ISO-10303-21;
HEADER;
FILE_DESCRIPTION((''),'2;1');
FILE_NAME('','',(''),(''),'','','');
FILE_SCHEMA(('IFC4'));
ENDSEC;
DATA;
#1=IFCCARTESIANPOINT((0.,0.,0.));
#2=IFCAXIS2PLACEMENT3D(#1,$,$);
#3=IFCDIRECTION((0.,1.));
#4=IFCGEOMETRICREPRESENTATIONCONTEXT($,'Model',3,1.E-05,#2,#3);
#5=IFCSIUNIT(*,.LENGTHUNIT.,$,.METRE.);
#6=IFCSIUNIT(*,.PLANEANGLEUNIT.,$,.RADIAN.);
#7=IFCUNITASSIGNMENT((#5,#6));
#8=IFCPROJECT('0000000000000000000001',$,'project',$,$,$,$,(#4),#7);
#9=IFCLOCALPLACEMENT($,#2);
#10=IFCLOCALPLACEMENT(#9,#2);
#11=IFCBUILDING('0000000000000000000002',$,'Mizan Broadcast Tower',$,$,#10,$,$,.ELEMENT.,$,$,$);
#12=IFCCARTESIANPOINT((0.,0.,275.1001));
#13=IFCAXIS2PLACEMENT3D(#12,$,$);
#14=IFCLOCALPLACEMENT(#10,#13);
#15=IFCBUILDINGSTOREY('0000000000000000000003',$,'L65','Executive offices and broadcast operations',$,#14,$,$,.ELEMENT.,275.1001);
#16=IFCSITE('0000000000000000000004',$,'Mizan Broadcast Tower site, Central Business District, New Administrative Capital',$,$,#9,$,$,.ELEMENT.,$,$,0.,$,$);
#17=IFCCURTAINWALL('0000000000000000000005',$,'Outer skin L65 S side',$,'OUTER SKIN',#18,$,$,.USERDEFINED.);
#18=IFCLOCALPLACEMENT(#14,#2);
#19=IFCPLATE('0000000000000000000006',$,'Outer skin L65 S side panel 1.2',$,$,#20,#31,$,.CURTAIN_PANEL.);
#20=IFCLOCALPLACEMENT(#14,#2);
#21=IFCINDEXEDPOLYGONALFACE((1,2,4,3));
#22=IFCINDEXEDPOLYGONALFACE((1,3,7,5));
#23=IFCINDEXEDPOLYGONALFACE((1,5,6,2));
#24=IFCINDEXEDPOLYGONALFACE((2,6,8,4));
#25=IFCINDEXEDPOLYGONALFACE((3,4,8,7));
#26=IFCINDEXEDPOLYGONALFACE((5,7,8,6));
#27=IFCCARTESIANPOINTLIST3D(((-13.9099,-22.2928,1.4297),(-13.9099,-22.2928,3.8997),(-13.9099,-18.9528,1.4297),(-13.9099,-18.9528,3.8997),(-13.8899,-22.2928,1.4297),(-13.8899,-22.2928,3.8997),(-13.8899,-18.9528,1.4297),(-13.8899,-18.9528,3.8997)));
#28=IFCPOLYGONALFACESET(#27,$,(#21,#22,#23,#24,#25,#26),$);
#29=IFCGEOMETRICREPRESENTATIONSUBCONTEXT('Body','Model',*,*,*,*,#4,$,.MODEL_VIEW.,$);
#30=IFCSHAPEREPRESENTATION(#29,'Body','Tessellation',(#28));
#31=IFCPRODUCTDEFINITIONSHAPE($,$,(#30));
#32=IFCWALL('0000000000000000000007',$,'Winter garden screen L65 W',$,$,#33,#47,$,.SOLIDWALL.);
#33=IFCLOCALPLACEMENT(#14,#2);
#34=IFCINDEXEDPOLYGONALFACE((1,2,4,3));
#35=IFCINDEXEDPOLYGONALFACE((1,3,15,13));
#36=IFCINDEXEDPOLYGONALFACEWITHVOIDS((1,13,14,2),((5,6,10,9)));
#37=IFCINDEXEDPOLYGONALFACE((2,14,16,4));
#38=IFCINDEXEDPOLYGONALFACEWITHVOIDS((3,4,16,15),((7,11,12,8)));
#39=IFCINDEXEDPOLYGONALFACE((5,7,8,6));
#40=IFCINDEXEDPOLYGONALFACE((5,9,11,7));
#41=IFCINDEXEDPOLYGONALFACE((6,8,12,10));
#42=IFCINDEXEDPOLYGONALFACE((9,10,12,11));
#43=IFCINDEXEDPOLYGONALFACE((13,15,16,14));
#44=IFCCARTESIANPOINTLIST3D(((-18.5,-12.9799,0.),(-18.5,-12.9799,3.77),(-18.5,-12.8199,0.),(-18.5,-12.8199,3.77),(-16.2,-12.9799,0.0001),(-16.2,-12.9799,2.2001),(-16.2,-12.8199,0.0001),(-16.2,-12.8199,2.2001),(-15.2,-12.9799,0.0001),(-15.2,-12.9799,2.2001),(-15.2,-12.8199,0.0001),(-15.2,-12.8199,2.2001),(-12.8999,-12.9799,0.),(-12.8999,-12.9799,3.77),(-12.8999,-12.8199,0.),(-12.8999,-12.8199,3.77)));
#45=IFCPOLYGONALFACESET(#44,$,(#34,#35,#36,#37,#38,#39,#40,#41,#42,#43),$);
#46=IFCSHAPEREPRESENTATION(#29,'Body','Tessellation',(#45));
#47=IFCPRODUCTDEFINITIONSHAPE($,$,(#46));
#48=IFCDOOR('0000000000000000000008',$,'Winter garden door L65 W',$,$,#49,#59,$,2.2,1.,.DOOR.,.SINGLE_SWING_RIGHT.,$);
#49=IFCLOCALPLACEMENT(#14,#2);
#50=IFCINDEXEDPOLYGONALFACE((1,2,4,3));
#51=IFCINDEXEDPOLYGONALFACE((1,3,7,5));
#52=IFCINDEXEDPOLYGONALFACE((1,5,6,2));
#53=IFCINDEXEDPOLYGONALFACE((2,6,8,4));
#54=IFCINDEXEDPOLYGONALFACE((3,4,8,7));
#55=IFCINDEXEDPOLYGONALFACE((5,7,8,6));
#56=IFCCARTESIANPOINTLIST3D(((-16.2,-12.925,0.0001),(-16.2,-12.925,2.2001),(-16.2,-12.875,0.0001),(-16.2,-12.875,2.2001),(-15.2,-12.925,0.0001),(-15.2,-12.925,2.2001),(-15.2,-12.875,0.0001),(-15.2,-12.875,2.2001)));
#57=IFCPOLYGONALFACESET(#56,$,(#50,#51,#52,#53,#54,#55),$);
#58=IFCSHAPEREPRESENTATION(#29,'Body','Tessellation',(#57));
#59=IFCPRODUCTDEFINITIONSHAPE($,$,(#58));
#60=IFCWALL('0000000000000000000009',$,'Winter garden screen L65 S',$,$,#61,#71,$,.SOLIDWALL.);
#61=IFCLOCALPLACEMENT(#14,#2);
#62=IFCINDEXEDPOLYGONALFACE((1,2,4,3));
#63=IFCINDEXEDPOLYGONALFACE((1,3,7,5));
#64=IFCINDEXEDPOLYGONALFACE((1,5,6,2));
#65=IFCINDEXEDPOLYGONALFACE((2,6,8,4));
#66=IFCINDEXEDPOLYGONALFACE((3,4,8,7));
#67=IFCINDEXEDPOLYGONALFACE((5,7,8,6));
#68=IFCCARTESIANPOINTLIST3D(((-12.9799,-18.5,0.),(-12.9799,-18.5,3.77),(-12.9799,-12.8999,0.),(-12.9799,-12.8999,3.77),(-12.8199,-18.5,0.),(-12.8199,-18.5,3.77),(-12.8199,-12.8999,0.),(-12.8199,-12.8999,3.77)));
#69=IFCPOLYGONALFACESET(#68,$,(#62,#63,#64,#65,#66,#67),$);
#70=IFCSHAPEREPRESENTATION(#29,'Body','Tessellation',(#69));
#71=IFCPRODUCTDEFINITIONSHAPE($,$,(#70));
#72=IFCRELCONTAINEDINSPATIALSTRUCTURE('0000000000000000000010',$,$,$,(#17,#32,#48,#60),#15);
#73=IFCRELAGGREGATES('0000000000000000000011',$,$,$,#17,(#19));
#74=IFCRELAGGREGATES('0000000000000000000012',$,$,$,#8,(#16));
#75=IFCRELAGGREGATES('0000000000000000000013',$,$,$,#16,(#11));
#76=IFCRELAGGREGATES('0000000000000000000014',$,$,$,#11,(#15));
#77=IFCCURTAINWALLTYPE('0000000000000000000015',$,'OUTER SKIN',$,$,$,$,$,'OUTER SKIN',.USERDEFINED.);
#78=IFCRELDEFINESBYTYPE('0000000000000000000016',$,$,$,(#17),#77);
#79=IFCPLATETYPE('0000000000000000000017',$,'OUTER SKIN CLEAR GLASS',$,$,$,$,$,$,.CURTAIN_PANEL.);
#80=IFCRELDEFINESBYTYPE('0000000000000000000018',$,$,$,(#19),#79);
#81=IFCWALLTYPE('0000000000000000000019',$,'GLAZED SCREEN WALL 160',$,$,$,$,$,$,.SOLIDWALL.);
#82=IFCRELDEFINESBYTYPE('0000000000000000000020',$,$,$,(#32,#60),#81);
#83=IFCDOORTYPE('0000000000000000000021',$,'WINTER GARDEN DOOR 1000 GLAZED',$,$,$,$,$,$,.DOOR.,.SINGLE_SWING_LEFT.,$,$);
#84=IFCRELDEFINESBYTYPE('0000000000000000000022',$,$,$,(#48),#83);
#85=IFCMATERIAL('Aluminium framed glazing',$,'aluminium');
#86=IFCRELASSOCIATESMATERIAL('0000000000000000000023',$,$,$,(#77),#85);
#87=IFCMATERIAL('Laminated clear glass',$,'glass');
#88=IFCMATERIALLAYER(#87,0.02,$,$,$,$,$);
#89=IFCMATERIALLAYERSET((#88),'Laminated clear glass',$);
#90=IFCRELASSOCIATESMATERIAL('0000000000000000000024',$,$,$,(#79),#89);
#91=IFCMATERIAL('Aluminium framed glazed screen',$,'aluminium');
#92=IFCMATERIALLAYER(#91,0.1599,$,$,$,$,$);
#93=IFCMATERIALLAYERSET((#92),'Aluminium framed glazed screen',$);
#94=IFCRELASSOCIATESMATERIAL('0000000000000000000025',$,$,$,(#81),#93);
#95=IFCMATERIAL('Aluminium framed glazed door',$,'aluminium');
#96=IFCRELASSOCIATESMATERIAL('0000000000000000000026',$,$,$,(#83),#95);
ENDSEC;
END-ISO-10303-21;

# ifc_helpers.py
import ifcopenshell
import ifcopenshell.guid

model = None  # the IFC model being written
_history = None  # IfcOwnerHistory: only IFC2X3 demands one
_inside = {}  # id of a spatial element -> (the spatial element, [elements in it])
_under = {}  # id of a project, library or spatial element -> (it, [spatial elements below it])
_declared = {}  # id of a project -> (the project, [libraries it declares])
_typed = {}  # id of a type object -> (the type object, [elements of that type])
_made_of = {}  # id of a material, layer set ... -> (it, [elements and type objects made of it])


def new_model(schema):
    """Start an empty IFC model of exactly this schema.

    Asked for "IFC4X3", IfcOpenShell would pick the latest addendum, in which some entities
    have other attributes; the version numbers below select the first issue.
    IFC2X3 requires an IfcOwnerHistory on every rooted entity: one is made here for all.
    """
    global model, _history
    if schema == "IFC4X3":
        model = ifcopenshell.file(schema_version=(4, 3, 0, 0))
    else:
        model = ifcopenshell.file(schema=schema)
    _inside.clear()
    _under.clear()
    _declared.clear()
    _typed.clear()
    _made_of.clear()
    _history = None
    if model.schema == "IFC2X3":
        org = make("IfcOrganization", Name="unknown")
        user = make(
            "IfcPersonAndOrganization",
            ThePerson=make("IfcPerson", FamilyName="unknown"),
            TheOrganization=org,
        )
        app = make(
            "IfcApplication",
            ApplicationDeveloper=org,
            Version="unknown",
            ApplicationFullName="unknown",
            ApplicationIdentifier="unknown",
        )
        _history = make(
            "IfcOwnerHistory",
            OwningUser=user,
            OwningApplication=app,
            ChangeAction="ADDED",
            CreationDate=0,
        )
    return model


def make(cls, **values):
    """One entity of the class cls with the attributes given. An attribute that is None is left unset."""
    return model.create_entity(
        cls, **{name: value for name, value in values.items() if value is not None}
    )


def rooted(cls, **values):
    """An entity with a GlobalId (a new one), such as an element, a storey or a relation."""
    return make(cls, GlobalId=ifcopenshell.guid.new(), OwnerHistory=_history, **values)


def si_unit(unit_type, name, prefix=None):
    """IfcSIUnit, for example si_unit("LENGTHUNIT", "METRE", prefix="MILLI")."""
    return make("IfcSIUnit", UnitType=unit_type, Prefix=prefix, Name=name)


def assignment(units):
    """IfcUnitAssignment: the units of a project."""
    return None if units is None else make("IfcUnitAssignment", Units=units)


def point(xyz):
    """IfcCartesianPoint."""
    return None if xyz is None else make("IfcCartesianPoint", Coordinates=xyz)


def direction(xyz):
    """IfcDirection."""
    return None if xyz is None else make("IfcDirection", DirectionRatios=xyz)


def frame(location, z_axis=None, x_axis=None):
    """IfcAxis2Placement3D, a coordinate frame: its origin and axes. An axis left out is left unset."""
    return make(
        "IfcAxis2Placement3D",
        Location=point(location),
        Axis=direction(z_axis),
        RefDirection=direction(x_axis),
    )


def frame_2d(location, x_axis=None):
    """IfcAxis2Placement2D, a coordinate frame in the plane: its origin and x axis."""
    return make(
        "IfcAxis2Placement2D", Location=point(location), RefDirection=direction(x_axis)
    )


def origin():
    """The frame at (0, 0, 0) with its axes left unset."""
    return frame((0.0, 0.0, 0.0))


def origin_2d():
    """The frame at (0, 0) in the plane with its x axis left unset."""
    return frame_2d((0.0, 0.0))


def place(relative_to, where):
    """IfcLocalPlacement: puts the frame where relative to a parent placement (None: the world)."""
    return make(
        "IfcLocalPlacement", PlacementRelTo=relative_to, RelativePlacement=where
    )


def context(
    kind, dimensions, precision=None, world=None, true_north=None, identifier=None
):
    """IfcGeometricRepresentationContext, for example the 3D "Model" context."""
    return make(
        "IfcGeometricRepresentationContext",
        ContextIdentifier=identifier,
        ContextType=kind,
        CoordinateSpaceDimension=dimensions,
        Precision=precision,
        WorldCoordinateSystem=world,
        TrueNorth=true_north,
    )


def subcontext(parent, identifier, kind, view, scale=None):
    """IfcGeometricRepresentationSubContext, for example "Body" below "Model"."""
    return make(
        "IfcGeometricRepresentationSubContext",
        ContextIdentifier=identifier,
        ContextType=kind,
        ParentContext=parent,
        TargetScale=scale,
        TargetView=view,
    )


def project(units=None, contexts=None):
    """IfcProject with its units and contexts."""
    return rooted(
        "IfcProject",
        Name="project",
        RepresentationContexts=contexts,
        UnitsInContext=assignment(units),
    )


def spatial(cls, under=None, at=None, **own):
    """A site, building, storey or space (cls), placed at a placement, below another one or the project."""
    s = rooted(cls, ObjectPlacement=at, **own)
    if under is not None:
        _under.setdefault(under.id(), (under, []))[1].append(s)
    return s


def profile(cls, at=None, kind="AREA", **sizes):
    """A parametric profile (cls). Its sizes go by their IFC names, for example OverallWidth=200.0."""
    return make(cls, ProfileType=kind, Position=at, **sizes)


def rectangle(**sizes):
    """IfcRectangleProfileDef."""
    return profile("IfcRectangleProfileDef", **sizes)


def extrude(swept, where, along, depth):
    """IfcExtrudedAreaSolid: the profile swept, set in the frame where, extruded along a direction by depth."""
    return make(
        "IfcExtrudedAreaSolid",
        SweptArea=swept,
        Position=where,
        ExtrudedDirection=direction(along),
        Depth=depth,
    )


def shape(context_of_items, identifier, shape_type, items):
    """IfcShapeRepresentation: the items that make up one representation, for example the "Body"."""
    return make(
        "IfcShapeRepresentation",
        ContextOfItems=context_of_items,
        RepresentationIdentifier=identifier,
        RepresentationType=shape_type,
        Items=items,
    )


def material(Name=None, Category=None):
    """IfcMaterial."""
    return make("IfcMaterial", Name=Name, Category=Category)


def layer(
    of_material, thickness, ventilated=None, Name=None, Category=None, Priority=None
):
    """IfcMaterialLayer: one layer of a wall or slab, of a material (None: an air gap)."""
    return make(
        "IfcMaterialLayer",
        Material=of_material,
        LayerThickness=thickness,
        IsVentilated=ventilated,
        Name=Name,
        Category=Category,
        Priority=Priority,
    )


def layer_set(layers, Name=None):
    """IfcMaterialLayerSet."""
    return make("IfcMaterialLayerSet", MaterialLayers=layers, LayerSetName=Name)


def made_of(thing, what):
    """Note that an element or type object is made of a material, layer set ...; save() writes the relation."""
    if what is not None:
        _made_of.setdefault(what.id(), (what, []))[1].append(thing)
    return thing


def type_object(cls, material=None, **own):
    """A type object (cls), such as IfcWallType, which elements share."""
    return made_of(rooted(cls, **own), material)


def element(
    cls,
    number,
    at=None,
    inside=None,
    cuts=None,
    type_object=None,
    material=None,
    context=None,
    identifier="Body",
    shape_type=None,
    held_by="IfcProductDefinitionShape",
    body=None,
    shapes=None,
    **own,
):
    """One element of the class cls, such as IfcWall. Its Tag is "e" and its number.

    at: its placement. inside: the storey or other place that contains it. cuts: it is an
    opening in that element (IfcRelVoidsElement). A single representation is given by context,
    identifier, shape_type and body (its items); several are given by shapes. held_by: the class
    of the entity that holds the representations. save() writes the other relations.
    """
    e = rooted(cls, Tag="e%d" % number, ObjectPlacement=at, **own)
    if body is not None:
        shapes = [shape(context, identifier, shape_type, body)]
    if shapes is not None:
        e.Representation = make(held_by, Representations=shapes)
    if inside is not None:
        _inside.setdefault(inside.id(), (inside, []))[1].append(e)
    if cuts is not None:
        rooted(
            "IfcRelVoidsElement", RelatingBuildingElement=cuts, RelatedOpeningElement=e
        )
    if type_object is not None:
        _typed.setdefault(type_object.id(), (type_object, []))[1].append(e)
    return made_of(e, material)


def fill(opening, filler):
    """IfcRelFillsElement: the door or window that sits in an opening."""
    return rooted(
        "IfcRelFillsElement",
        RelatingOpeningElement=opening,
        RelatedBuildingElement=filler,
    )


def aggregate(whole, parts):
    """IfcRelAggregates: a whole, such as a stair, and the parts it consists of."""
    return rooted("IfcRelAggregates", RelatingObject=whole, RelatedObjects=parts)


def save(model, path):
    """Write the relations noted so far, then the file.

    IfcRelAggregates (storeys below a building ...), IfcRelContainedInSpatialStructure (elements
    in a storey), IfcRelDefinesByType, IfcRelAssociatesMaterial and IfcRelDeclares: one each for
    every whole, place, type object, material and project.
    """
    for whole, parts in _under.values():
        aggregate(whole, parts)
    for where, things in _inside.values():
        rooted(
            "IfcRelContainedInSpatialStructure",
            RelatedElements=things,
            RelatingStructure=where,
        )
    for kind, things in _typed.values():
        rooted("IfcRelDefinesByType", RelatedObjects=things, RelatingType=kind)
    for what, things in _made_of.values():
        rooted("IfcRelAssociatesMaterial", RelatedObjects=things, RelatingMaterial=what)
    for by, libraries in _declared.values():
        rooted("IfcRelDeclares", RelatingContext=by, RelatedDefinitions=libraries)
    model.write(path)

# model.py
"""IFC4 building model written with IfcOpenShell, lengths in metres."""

from ifc_helpers import new_model, si_unit, direction, frame, frame_2d, origin, origin_2d, place, context, subcontext, project, spatial, rectangle, extrude, material, layer, layer_set, type_object, element, fill, aggregate, save


model = new_model("IFC4")

# Units and contexts
model_context = context("Model", 3, precision=1e-05, world=origin(), true_north=direction((0.0, 1.0)))
body_context = subcontext(model_context, "Body", "Model", "MODEL_VIEW")
ifc_project = project(units=[si_unit("LENGTHUNIT", "METRE"), si_unit("PLANEANGLEUNIT", "RADIAN")], contexts=[model_context])

# Site, building, storey
site_placement = place(None, origin())
site = spatial("IfcSite", under=ifc_project, at=site_placement, Name="Mizan Broadcast Tower site, Central Business District, New Administrative Capital", CompositionType="ELEMENT", RefElevation=0.0)
building_placement = place(site_placement, origin())
building = spatial("IfcBuilding", under=site, at=building_placement, Name="Mizan Broadcast Tower", CompositionType="ELEMENT")
storey_placement = place(building_placement, frame((0.0, 0.0, 275.1001)))
storey = spatial("IfcBuildingStorey", under=building, at=storey_placement, Name="L65", Description="Executive offices and broadcast operations", CompositionType="ELEMENT", Elevation=275.1001)

# Curtain wall
ifc_material_1 = material(Name="Aluminium framed glazing", Category="aluminium")
curtain_wall_type_1 = type_object("IfcCurtainWallType", Name="OUTER SKIN", ElementType="OUTER SKIN", PredefinedType="USERDEFINED", material=ifc_material_1)
curtain_wall_1_placement = place(storey_placement, origin())
curtain_wall_1 = element("IfcCurtainWall", 1, at=curtain_wall_1_placement, inside=storey, type_object=curtain_wall_type_1, Name="Outer skin L65 S side", ObjectType="OUTER SKIN", PredefinedType="USERDEFINED")

# Plate
ifc_material_2 = material(Name="Laminated clear glass", Category="glass")
ifc_layer_1 = layer(ifc_material_2, 0.02)
ifc_layer_set_1 = layer_set([ifc_layer_1], Name="Laminated clear glass")
plate_type_1 = type_object("IfcPlateType", Name="OUTER SKIN CLEAR GLASS", PredefinedType="CURTAIN_PANEL", material=ifc_layer_set_1)
plate_1_placement = place(storey_placement, frame((-13.8999, -20.6228, 1.4297), z_axis=(0.0, 0.0, 1.0), x_axis=(0.0, -1.0, 0.0)))
plate_1 = element("IfcPlate", 2, at=plate_1_placement, type_object=plate_type_1, Name="Outer skin L65 S side panel 1.2", PredefinedType="CURTAIN_PANEL", context=body_context, shape_type="SweptSolid", body=[
    extrude(rectangle(XDim=3.3401, YDim=0.02, at=origin_2d()), origin(), (0.0, 0.0, 1.0), 2.47),
])
aggregate(curtain_wall_1, [plate_1])

# Wall, opening, door
ifc_material_3 = material(Name="Aluminium framed glazed screen", Category="aluminium")
ifc_layer_2 = layer(ifc_material_3, 0.1599)
ifc_layer_set_2 = layer_set([ifc_layer_2], Name="Aluminium framed glazed screen")
wall_type = type_object("IfcWallType", Name="GLAZED SCREEN WALL 160", PredefinedType="SOLIDWALL", material=ifc_layer_set_2)
wall_1_placement = place(storey_placement, frame((-18.5, -12.8999, 0.0), z_axis=(0.0, 0.0, 1.0), x_axis=(1.0, 0.0, 0.0)))
wall_1 = element("IfcWall", 3, at=wall_1_placement, inside=storey, type_object=wall_type, Name="Winter garden screen L65 W", PredefinedType="SOLIDWALL", context=body_context, shape_type="SweptSolid", body=[
    extrude(rectangle(XDim=5.6001, YDim=0.1599, at=frame_2d((2.8, 0.0))), origin(), (0.0, 0.0, 1.0), 3.77),
])
opening_placement = place(wall_1_placement, frame((2.3, 0.0, 0.0)))
opening = element("IfcOpeningElement", 4, at=opening_placement, cuts=wall_1, PredefinedType="OPENING", context=body_context, shape_type="SweptSolid", body=[
    extrude(rectangle(XDim=1.0, YDim=2.2, at=frame_2d((0.5, 1.1001))), frame((0.0, 0.0898, 0.0), z_axis=(0.0, -1.0, 0.0), x_axis=(1.0, 0.0, 0.0)), (0.0, 0.0, 1.0), 0.1799),
])
ifc_material_4 = material(Name="Aluminium framed glazed door", Category="aluminium")
door_type = type_object("IfcDoorType", Name="WINTER GARDEN DOOR 1000 GLAZED", OperationType="SINGLE_SWING_LEFT", PredefinedType="DOOR", material=ifc_material_4)
door_placement = place(opening_placement, origin())
door = element("IfcDoor", 5, at=door_placement, inside=storey, type_object=door_type, Name="Winter garden door L65 W", OperationType="SINGLE_SWING_RIGHT", OverallHeight=2.2, OverallWidth=1.0, PredefinedType="DOOR", context=body_context, shape_type="SweptSolid", body=[
    extrude(rectangle(XDim=1.0, YDim=2.2, at=frame_2d((0.5, 1.1001))), frame((0.0, 0.0249, 0.0), z_axis=(0.0, -1.0, 0.0), x_axis=(1.0, 0.0, 0.0)), (0.0, 0.0, 1.0), 0.05),
])
fill(opening, door)

# Wall
wall_2_placement = place(storey_placement, frame((-12.8999, -12.8999, 0.0), z_axis=(0.0, 0.0, 1.0), x_axis=(0.0, -1.0, 0.0)))
element("IfcWall", 6, at=wall_2_placement, inside=storey, type_object=wall_type, Name="Winter garden screen L65 S", PredefinedType="SOLIDWALL", context=body_context, shape_type="SweptSolid", body=[
    extrude(rectangle(XDim=5.6001, YDim=0.1599, at=frame_2d((2.8, 0.0))), origin(), (0.0, 0.0, 1.0), 3.77),
])

save(model, "model.ifc")
